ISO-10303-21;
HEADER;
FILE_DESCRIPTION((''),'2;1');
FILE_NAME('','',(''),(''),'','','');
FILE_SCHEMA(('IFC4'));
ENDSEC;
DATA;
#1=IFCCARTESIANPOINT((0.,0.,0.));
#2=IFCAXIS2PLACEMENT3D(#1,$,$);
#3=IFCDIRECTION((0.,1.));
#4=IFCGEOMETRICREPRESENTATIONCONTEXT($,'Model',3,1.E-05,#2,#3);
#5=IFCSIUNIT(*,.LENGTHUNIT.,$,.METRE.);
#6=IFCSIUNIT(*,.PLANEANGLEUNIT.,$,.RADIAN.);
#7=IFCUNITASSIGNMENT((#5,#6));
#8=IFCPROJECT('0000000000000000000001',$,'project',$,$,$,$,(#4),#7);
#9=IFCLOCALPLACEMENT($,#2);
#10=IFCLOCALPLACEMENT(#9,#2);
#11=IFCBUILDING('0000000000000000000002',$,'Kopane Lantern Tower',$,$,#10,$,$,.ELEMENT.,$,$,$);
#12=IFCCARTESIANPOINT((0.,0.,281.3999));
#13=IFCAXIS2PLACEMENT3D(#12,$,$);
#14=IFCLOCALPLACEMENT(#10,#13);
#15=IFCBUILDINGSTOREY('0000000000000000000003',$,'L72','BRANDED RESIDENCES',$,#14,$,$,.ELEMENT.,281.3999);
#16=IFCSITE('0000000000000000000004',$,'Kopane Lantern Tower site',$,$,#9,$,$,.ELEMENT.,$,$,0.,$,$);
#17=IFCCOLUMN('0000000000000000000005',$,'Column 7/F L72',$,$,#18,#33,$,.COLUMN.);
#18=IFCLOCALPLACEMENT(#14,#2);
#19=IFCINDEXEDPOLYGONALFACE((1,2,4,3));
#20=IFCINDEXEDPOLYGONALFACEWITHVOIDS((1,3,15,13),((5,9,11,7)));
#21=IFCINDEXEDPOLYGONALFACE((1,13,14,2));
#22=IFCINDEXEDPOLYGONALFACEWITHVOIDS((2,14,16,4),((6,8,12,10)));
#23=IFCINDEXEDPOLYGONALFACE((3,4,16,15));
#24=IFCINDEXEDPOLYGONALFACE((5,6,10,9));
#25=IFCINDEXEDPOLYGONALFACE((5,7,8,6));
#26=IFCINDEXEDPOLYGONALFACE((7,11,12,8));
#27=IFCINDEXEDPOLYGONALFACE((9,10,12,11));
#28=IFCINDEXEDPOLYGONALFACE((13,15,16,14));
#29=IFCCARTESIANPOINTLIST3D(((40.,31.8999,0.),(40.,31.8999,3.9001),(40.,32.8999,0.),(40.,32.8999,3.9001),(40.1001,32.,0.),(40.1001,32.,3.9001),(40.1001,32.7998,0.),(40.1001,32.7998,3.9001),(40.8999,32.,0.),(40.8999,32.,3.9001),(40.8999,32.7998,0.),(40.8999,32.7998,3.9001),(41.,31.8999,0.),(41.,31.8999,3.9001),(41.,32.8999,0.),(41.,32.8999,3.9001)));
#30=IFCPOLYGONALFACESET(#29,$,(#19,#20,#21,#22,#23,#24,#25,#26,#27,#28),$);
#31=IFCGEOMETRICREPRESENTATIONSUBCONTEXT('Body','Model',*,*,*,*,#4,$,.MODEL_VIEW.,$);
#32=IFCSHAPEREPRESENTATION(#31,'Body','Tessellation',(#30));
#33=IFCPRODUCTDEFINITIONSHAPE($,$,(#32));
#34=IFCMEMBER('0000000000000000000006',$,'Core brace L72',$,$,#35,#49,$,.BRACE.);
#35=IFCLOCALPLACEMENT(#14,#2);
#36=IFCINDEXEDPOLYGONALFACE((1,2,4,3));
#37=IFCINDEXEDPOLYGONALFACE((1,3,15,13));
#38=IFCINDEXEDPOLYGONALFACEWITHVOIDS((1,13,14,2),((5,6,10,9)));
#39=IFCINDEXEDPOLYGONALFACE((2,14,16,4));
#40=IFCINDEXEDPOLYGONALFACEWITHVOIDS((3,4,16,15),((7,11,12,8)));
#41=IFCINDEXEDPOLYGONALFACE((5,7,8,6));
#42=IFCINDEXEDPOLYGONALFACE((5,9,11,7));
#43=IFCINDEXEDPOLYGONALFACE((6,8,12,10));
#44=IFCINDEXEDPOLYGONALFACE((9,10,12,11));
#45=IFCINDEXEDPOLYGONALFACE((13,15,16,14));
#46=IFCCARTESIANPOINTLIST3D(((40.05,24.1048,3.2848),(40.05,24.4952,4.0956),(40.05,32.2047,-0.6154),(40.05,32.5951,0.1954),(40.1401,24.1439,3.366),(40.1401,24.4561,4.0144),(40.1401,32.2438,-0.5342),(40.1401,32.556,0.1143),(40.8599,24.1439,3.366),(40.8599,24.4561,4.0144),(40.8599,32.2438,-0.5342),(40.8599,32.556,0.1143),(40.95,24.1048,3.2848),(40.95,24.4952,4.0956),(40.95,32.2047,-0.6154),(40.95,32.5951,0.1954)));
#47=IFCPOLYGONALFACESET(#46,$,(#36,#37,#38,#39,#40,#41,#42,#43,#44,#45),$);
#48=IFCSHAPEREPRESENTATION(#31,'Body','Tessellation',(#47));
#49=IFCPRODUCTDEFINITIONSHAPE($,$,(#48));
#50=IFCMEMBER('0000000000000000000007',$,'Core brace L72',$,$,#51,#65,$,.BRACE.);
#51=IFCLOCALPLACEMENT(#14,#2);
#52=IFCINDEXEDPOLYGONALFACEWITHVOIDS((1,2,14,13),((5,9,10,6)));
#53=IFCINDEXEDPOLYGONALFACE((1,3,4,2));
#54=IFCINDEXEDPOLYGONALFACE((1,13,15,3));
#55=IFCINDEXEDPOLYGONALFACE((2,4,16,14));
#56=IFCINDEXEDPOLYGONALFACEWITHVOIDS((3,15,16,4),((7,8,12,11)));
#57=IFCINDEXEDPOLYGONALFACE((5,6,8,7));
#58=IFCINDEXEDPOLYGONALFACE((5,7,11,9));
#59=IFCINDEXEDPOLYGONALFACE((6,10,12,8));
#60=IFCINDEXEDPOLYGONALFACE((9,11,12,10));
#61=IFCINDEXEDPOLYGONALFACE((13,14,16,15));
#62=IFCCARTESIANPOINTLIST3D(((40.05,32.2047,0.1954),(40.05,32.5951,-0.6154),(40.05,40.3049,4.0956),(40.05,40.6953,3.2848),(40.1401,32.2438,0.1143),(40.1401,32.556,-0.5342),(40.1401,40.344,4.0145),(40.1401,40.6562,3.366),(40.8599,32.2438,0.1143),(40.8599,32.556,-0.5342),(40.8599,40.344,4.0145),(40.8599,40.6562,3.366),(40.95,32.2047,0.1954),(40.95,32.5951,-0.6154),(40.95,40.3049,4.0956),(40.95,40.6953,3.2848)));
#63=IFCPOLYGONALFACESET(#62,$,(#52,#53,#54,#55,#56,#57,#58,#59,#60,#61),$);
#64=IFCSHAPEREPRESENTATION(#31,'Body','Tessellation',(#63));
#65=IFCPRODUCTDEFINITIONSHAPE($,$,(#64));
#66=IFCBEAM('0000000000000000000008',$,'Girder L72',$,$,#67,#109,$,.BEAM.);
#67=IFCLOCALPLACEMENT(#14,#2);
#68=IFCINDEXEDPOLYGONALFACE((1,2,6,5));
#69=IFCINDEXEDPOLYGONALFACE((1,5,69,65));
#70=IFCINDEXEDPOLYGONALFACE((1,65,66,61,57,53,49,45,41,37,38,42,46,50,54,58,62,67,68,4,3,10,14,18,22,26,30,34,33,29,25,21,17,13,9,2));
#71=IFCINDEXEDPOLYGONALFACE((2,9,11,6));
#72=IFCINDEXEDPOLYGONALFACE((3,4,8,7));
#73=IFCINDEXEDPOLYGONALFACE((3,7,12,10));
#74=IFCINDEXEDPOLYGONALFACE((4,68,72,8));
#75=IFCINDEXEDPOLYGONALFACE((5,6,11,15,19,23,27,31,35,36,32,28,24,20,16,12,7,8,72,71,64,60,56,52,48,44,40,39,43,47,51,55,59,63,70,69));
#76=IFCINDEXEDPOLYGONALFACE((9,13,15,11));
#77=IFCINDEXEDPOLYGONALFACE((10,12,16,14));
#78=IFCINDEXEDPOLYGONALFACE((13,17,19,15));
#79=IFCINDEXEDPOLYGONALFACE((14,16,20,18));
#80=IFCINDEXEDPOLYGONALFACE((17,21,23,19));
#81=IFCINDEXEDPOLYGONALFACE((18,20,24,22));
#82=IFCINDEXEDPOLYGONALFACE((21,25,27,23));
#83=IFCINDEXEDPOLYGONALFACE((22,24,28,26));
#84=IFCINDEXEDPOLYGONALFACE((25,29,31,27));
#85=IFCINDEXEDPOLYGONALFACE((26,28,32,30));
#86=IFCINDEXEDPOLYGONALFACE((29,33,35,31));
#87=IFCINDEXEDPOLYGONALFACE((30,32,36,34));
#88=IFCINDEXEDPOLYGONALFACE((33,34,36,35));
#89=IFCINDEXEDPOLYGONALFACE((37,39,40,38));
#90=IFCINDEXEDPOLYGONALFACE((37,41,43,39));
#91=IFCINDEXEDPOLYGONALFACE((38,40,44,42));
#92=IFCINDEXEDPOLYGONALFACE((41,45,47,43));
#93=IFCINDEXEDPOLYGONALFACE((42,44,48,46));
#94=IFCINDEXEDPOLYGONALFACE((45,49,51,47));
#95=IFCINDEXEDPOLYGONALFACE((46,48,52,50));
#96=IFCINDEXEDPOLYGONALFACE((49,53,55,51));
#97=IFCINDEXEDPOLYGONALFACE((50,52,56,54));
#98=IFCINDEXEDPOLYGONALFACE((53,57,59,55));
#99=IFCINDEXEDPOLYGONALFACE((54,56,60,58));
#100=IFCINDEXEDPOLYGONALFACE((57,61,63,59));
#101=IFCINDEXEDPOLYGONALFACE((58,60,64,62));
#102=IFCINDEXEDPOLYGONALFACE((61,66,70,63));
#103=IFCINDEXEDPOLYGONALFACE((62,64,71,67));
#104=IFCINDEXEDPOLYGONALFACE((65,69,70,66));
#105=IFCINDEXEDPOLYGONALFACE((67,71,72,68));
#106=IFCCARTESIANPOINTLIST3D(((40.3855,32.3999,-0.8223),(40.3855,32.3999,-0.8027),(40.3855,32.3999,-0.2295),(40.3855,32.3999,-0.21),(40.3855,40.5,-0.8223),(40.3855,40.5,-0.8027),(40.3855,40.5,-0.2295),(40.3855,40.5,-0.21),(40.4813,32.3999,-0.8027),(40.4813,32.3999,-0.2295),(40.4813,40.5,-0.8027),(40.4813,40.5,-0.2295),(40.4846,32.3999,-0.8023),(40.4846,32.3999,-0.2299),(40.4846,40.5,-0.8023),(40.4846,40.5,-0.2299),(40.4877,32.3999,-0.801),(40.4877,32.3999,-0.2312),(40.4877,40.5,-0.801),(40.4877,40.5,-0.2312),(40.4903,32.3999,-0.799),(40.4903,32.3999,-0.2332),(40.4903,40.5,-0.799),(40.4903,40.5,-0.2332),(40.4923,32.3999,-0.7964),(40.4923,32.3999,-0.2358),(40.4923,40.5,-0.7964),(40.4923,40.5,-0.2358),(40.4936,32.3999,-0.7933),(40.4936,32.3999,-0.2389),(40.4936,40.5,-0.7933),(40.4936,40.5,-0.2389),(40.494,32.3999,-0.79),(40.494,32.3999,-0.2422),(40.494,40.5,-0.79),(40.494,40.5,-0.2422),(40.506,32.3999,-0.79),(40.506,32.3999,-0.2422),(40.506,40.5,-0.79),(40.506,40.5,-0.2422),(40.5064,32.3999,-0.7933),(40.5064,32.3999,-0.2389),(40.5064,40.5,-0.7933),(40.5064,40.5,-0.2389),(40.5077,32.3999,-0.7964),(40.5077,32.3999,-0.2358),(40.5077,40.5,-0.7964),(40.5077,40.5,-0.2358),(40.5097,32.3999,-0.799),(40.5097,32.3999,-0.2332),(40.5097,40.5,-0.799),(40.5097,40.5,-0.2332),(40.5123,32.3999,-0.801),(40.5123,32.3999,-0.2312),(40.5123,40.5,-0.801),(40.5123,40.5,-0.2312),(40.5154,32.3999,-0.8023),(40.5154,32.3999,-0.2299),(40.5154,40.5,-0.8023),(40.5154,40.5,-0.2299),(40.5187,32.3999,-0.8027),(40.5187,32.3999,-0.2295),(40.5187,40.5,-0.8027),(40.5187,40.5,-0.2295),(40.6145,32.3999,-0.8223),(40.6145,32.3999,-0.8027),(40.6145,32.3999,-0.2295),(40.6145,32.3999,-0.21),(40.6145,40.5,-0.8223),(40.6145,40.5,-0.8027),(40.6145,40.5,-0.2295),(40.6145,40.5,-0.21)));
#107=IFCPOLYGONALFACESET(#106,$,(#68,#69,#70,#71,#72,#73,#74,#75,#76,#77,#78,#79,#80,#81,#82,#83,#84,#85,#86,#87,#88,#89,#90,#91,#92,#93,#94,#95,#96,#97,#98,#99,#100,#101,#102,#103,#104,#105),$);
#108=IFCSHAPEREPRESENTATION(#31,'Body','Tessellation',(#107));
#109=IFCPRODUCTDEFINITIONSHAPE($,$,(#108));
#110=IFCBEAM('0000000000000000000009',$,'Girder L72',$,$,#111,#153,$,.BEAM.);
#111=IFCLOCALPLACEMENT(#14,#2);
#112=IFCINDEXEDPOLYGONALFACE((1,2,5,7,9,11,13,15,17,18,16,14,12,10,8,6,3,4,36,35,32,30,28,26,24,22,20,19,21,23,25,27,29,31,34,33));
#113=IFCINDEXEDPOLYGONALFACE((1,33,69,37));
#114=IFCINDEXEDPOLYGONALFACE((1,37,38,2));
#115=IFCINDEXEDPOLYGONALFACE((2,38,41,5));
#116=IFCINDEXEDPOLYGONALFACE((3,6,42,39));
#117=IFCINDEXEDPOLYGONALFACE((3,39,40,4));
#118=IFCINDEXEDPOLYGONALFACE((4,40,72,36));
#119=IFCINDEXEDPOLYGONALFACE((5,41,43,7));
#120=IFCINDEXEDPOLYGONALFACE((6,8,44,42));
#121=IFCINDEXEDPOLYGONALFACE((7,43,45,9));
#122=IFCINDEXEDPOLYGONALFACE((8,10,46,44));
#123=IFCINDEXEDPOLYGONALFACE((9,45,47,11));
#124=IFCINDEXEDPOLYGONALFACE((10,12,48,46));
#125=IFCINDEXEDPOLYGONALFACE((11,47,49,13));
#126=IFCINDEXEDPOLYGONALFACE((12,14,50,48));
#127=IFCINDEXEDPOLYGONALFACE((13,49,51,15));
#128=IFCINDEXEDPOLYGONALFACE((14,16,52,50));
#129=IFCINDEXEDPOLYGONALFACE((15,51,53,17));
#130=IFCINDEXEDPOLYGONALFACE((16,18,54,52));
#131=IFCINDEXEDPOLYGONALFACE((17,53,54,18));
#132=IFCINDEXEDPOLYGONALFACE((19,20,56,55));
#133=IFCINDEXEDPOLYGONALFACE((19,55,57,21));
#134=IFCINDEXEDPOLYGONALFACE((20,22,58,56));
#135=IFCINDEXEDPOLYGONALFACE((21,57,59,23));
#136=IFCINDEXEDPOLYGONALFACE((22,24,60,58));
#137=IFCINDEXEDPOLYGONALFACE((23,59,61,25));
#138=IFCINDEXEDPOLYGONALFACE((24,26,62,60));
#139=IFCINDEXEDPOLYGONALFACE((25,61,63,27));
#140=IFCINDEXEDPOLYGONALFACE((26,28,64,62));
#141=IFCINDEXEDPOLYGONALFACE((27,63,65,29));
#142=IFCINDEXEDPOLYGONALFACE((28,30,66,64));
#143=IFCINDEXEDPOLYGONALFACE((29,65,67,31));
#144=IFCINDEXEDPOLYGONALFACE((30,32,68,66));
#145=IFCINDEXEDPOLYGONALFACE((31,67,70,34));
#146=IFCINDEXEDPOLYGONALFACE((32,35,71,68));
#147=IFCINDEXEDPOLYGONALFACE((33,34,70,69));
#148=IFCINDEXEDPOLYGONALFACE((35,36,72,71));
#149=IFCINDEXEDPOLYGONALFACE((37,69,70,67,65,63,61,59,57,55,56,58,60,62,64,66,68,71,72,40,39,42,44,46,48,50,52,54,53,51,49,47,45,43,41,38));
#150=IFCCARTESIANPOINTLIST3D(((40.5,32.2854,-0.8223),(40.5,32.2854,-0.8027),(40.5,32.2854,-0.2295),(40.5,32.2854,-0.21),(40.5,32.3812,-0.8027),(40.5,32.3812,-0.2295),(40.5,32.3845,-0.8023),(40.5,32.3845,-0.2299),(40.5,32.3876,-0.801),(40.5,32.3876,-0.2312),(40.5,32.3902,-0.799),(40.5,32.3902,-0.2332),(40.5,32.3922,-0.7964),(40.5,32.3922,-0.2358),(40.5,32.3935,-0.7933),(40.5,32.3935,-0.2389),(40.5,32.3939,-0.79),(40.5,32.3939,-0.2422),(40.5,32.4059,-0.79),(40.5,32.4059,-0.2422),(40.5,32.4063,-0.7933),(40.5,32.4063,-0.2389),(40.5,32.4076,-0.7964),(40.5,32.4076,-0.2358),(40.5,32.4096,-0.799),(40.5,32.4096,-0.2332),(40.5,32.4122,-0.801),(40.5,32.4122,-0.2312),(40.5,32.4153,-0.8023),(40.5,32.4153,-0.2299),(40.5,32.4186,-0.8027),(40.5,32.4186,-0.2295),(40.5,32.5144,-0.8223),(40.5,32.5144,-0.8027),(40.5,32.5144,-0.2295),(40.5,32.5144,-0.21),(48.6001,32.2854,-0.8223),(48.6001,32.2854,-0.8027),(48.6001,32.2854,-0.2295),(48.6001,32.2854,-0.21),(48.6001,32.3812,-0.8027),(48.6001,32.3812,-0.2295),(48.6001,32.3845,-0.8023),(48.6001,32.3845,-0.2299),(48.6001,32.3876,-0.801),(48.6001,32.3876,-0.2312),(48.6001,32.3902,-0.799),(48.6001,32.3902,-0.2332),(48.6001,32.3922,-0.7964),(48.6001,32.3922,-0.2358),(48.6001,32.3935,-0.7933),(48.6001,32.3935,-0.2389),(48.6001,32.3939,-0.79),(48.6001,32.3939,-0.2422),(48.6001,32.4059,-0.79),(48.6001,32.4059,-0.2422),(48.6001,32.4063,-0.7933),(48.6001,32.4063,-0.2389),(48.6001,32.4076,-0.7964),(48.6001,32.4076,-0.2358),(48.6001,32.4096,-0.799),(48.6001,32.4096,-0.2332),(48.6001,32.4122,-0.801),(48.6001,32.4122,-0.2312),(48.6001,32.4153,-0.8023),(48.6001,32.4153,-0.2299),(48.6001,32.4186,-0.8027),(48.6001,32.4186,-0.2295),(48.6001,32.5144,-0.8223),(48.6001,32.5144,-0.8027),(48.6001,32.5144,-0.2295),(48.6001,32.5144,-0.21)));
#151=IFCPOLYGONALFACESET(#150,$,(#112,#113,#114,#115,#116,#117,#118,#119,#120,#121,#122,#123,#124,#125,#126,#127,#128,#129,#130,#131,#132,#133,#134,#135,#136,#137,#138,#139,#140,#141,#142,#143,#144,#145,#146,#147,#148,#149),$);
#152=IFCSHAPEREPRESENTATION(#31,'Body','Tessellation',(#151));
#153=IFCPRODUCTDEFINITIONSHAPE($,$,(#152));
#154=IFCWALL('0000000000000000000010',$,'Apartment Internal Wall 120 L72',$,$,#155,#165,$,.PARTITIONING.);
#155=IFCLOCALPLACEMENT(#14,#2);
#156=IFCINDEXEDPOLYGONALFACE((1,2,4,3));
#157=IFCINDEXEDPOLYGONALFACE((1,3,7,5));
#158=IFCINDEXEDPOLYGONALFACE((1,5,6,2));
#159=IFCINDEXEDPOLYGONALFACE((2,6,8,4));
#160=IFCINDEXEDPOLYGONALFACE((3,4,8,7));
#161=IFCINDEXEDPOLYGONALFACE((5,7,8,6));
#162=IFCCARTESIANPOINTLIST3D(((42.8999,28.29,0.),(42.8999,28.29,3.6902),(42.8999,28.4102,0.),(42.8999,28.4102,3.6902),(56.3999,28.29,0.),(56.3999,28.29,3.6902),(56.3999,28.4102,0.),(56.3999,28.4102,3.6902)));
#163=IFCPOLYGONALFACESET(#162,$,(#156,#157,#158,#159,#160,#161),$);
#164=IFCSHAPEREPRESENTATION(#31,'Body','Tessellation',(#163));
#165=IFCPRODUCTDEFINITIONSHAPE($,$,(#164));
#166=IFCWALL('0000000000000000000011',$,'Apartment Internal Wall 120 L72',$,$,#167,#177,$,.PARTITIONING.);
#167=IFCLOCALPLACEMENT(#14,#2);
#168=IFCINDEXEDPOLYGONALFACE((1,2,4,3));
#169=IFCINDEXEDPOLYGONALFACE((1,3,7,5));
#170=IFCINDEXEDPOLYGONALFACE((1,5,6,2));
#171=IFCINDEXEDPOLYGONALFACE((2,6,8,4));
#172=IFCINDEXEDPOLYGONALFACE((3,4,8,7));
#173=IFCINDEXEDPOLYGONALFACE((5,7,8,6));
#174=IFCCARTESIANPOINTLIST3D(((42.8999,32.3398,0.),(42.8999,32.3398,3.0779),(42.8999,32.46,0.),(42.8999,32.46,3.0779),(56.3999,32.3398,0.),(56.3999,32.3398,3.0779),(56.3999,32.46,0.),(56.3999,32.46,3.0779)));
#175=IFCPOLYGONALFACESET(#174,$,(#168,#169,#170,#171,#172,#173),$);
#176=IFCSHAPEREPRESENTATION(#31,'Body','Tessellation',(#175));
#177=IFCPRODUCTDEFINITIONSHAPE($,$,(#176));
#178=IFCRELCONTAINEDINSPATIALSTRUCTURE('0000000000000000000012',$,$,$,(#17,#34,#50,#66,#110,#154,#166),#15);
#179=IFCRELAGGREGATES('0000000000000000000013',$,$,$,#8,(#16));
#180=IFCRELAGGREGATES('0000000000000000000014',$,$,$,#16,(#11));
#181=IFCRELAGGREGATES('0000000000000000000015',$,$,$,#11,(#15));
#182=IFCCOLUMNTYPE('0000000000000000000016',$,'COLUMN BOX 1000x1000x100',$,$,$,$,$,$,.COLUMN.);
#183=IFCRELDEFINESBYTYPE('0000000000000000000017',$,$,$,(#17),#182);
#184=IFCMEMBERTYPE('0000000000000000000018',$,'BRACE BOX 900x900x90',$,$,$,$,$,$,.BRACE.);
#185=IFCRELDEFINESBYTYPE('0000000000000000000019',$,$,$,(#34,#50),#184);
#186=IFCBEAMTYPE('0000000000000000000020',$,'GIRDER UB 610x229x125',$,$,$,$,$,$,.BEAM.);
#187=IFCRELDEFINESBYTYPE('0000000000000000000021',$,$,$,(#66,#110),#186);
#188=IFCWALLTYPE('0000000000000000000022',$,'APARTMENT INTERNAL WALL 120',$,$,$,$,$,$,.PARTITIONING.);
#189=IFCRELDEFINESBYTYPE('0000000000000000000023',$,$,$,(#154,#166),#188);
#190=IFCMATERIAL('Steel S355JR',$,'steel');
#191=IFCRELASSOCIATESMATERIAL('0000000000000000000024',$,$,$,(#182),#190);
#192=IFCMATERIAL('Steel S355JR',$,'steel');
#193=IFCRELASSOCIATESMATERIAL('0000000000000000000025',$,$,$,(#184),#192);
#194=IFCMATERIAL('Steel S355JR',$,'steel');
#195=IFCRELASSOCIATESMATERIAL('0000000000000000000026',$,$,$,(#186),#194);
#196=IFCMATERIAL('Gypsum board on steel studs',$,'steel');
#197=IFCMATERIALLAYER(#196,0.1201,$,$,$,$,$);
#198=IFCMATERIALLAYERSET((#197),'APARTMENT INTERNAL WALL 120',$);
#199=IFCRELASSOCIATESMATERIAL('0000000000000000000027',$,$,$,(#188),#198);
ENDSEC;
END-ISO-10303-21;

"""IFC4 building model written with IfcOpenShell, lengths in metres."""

from ifc_helpers import new_model, si_unit, direction, frame, frame_2d, origin, origin_2d, place, context, subcontext, project, spatial, rectangle, hollow_rectangle, i_section, extrude, material, layer, layer_set, material_profile, profile_set, type_object, element, save


model = new_model("IFC4")

# Units and contexts
model_context = context("Model", 3, precision=1e-05, world=origin(), true_north=direction((0.0, 1.0)))
body_context = subcontext(model_context, "Body", "Model", "MODEL_VIEW")
ifc_project = project(units=[si_unit("LENGTHUNIT", "METRE"), si_unit("PLANEANGLEUNIT", "RADIAN")], contexts=[model_context])

# Site, building, storey
site_placement = place(None, origin())
site = spatial("IfcSite", under=ifc_project, at=site_placement, Name="Kopane Lantern Tower site", CompositionType="ELEMENT", RefElevation=0.0)
building_placement = place(site_placement, origin())
building = spatial("IfcBuilding", under=site, at=building_placement, Name="Kopane Lantern Tower", CompositionType="ELEMENT")
storey_placement = place(building_placement, frame((0.0, 0.0, 281.3999)))
storey = spatial("IfcBuildingStorey", under=building, at=storey_placement, Name="L72", Description="BRANDED RESIDENCES", CompositionType="ELEMENT", Elevation=281.3999)

# Column
ifc_material_1 = material(Name="Steel S355JR", Category="steel")
ifc_material_profile_1 = material_profile(ifc_material_1, hollow_rectangle(XDim=1.0, YDim=1.0, WallThickness=0.1001, at=origin_2d()), Name="BOX 1000x1000x100")
ifc_profile_set_1 = profile_set([ifc_material_profile_1], Name="Steel S355JR")
column_type = type_object("IfcColumnType", Name="COLUMN BOX 1000x1000x100", PredefinedType="COLUMN", material=ifc_profile_set_1)
column_placement = place(storey_placement, frame((40.5, 32.3999, 0.0), z_axis=(0.0, 0.0, 1.0), x_axis=(1.0, 0.0, 0.0)))
element("IfcColumn", 1, at=column_placement, inside=storey, type_object=column_type, Name="Column 7/F L72", PredefinedType="COLUMN", context=body_context, shape_type="SweptSolid", body=[
    extrude(hollow_rectangle(XDim=1.0, YDim=1.0, WallThickness=0.1001, at=origin_2d()), origin(), (0.0, 0.0, 1.0), 3.9001),
])

# Members
ifc_material_2 = material(Name="Steel S355JR", Category="steel")
ifc_material_profile_2 = material_profile(ifc_material_2, hollow_rectangle(XDim=0.8999, YDim=0.8999, WallThickness=0.0901, at=origin_2d()), Name="BOX 900x900x90")
ifc_profile_set_2 = profile_set([ifc_material_profile_2], Name="Steel S355JR")
member_type = type_object("IfcMemberType", Name="BRACE BOX 900x900x90", PredefinedType="BRACE", material=ifc_profile_set_2)
member_1_placement = place(storey_placement, frame((40.5, 32.3999, -0.21), z_axis=(0.0, -0.900992, 0.433835), x_axis=(1.0, 0.0, 0.0)))
element("IfcMember", 2, at=member_1_placement, inside=storey, type_object=member_type, Name="Core brace L72", PredefinedType="BRACE", context=body_context, shape_type="SweptSolid", body=[
    extrude(hollow_rectangle(XDim=0.8999, YDim=0.8999, WallThickness=0.0901, at=origin_2d()), origin(), (0.0, 0.0, 1.0), 8.99),
])
member_2_placement = place(storey_placement, frame((40.5, 32.3999, -0.21), z_axis=(0.0, 0.900997, 0.433825), x_axis=(-1.0, 0.0, 0.0)))
element("IfcMember", 3, at=member_2_placement, inside=storey, type_object=member_type, Name="Core brace L72", PredefinedType="BRACE", context=body_context, shape_type="SweptSolid", body=[
    extrude(hollow_rectangle(XDim=0.8999, YDim=0.8999, WallThickness=0.0901, at=origin_2d()), origin(), (0.0, 0.0, 1.0), 8.9902),
])

# Beams
ifc_material_3 = material(Name="Steel S355JR", Category="steel")
ifc_material_profile_3 = material_profile(ifc_material_3, i_section(OverallWidth=0.229, OverallDepth=0.6123, WebThickness=0.012, FlangeThickness=0.0195, FilletRadius=0.0127, at=origin_2d()), Name="UB 610x229x125")
ifc_profile_set_3 = profile_set([ifc_material_profile_3], Name="Steel S355JR")
beam_type = type_object("IfcBeamType", Name="GIRDER UB 610x229x125", PredefinedType="BEAM", material=ifc_profile_set_3)
for number, where, z_axis, x_axis, name in (
    (4, (40.5, 32.3999, -0.5161), (0.0, 1.0, 0.0), (-1.0, 0.0, 0.0), "Girder L72"),
    (5, (40.5, 32.3999, -0.5161), (1.0, 0.0, 0.0), (0.0, 1.0, 0.0), "Girder L72"),
):
    element("IfcBeam", number, at=place(storey_placement, frame(where, z_axis=z_axis, x_axis=x_axis)), inside=storey, type_object=beam_type, Name=name, PredefinedType="BEAM", context=body_context, shape_type="SweptSolid", body=[
        extrude(i_section(OverallWidth=0.229, OverallDepth=0.6123, WebThickness=0.012, FlangeThickness=0.0195, FilletRadius=0.0127, at=origin_2d()), origin(), (0.0, 0.0, 1.0), 8.1001),
    ])

# Walls
ifc_material_4 = material(Name="Gypsum board on steel studs", Category="steel")
ifc_layer_1 = layer(ifc_material_4, 0.1201)
ifc_layer_set_1 = layer_set([ifc_layer_1], Name="APARTMENT INTERNAL WALL 120")
wall_type_1 = type_object("IfcWallType", Name="APARTMENT INTERNAL WALL 120", PredefinedType="PARTITIONING", material=ifc_layer_set_1)
wall_1_placement = place(storey_placement, frame((42.8999, 28.3501, 0.0), z_axis=(0.0, 0.0, 1.0), x_axis=(1.0, 0.0, 0.0)))
element("IfcWall", 6, at=wall_1_placement, inside=storey, type_object=wall_type_1, Name="Apartment Internal Wall 120 L72", PredefinedType="PARTITIONING", context=body_context, shape_type="SweptSolid", body=[
    extrude(rectangle(XDim=13.5, YDim=0.1201, at=frame_2d((6.75, 0.0))), origin(), (0.0, 0.0, 1.0), 3.6902),
])
wall_2_placement = place(storey_placement, frame((42.8999, 32.3999, 0.0), z_axis=(0.0, 0.0, 1.0), x_axis=(1.0, 0.0, 0.0)))
element("IfcWall", 7, at=wall_2_placement, inside=storey, type_object=wall_type_1, Name="Apartment Internal Wall 120 L72", PredefinedType="PARTITIONING", context=body_context, shape_type="SweptSolid", body=[
    extrude(rectangle(XDim=13.5, YDim=0.1201, at=frame_2d((6.75, 0.0))), origin(), (0.0, 0.0, 1.0), 3.0779),
])

save(model, "model.ifc")
